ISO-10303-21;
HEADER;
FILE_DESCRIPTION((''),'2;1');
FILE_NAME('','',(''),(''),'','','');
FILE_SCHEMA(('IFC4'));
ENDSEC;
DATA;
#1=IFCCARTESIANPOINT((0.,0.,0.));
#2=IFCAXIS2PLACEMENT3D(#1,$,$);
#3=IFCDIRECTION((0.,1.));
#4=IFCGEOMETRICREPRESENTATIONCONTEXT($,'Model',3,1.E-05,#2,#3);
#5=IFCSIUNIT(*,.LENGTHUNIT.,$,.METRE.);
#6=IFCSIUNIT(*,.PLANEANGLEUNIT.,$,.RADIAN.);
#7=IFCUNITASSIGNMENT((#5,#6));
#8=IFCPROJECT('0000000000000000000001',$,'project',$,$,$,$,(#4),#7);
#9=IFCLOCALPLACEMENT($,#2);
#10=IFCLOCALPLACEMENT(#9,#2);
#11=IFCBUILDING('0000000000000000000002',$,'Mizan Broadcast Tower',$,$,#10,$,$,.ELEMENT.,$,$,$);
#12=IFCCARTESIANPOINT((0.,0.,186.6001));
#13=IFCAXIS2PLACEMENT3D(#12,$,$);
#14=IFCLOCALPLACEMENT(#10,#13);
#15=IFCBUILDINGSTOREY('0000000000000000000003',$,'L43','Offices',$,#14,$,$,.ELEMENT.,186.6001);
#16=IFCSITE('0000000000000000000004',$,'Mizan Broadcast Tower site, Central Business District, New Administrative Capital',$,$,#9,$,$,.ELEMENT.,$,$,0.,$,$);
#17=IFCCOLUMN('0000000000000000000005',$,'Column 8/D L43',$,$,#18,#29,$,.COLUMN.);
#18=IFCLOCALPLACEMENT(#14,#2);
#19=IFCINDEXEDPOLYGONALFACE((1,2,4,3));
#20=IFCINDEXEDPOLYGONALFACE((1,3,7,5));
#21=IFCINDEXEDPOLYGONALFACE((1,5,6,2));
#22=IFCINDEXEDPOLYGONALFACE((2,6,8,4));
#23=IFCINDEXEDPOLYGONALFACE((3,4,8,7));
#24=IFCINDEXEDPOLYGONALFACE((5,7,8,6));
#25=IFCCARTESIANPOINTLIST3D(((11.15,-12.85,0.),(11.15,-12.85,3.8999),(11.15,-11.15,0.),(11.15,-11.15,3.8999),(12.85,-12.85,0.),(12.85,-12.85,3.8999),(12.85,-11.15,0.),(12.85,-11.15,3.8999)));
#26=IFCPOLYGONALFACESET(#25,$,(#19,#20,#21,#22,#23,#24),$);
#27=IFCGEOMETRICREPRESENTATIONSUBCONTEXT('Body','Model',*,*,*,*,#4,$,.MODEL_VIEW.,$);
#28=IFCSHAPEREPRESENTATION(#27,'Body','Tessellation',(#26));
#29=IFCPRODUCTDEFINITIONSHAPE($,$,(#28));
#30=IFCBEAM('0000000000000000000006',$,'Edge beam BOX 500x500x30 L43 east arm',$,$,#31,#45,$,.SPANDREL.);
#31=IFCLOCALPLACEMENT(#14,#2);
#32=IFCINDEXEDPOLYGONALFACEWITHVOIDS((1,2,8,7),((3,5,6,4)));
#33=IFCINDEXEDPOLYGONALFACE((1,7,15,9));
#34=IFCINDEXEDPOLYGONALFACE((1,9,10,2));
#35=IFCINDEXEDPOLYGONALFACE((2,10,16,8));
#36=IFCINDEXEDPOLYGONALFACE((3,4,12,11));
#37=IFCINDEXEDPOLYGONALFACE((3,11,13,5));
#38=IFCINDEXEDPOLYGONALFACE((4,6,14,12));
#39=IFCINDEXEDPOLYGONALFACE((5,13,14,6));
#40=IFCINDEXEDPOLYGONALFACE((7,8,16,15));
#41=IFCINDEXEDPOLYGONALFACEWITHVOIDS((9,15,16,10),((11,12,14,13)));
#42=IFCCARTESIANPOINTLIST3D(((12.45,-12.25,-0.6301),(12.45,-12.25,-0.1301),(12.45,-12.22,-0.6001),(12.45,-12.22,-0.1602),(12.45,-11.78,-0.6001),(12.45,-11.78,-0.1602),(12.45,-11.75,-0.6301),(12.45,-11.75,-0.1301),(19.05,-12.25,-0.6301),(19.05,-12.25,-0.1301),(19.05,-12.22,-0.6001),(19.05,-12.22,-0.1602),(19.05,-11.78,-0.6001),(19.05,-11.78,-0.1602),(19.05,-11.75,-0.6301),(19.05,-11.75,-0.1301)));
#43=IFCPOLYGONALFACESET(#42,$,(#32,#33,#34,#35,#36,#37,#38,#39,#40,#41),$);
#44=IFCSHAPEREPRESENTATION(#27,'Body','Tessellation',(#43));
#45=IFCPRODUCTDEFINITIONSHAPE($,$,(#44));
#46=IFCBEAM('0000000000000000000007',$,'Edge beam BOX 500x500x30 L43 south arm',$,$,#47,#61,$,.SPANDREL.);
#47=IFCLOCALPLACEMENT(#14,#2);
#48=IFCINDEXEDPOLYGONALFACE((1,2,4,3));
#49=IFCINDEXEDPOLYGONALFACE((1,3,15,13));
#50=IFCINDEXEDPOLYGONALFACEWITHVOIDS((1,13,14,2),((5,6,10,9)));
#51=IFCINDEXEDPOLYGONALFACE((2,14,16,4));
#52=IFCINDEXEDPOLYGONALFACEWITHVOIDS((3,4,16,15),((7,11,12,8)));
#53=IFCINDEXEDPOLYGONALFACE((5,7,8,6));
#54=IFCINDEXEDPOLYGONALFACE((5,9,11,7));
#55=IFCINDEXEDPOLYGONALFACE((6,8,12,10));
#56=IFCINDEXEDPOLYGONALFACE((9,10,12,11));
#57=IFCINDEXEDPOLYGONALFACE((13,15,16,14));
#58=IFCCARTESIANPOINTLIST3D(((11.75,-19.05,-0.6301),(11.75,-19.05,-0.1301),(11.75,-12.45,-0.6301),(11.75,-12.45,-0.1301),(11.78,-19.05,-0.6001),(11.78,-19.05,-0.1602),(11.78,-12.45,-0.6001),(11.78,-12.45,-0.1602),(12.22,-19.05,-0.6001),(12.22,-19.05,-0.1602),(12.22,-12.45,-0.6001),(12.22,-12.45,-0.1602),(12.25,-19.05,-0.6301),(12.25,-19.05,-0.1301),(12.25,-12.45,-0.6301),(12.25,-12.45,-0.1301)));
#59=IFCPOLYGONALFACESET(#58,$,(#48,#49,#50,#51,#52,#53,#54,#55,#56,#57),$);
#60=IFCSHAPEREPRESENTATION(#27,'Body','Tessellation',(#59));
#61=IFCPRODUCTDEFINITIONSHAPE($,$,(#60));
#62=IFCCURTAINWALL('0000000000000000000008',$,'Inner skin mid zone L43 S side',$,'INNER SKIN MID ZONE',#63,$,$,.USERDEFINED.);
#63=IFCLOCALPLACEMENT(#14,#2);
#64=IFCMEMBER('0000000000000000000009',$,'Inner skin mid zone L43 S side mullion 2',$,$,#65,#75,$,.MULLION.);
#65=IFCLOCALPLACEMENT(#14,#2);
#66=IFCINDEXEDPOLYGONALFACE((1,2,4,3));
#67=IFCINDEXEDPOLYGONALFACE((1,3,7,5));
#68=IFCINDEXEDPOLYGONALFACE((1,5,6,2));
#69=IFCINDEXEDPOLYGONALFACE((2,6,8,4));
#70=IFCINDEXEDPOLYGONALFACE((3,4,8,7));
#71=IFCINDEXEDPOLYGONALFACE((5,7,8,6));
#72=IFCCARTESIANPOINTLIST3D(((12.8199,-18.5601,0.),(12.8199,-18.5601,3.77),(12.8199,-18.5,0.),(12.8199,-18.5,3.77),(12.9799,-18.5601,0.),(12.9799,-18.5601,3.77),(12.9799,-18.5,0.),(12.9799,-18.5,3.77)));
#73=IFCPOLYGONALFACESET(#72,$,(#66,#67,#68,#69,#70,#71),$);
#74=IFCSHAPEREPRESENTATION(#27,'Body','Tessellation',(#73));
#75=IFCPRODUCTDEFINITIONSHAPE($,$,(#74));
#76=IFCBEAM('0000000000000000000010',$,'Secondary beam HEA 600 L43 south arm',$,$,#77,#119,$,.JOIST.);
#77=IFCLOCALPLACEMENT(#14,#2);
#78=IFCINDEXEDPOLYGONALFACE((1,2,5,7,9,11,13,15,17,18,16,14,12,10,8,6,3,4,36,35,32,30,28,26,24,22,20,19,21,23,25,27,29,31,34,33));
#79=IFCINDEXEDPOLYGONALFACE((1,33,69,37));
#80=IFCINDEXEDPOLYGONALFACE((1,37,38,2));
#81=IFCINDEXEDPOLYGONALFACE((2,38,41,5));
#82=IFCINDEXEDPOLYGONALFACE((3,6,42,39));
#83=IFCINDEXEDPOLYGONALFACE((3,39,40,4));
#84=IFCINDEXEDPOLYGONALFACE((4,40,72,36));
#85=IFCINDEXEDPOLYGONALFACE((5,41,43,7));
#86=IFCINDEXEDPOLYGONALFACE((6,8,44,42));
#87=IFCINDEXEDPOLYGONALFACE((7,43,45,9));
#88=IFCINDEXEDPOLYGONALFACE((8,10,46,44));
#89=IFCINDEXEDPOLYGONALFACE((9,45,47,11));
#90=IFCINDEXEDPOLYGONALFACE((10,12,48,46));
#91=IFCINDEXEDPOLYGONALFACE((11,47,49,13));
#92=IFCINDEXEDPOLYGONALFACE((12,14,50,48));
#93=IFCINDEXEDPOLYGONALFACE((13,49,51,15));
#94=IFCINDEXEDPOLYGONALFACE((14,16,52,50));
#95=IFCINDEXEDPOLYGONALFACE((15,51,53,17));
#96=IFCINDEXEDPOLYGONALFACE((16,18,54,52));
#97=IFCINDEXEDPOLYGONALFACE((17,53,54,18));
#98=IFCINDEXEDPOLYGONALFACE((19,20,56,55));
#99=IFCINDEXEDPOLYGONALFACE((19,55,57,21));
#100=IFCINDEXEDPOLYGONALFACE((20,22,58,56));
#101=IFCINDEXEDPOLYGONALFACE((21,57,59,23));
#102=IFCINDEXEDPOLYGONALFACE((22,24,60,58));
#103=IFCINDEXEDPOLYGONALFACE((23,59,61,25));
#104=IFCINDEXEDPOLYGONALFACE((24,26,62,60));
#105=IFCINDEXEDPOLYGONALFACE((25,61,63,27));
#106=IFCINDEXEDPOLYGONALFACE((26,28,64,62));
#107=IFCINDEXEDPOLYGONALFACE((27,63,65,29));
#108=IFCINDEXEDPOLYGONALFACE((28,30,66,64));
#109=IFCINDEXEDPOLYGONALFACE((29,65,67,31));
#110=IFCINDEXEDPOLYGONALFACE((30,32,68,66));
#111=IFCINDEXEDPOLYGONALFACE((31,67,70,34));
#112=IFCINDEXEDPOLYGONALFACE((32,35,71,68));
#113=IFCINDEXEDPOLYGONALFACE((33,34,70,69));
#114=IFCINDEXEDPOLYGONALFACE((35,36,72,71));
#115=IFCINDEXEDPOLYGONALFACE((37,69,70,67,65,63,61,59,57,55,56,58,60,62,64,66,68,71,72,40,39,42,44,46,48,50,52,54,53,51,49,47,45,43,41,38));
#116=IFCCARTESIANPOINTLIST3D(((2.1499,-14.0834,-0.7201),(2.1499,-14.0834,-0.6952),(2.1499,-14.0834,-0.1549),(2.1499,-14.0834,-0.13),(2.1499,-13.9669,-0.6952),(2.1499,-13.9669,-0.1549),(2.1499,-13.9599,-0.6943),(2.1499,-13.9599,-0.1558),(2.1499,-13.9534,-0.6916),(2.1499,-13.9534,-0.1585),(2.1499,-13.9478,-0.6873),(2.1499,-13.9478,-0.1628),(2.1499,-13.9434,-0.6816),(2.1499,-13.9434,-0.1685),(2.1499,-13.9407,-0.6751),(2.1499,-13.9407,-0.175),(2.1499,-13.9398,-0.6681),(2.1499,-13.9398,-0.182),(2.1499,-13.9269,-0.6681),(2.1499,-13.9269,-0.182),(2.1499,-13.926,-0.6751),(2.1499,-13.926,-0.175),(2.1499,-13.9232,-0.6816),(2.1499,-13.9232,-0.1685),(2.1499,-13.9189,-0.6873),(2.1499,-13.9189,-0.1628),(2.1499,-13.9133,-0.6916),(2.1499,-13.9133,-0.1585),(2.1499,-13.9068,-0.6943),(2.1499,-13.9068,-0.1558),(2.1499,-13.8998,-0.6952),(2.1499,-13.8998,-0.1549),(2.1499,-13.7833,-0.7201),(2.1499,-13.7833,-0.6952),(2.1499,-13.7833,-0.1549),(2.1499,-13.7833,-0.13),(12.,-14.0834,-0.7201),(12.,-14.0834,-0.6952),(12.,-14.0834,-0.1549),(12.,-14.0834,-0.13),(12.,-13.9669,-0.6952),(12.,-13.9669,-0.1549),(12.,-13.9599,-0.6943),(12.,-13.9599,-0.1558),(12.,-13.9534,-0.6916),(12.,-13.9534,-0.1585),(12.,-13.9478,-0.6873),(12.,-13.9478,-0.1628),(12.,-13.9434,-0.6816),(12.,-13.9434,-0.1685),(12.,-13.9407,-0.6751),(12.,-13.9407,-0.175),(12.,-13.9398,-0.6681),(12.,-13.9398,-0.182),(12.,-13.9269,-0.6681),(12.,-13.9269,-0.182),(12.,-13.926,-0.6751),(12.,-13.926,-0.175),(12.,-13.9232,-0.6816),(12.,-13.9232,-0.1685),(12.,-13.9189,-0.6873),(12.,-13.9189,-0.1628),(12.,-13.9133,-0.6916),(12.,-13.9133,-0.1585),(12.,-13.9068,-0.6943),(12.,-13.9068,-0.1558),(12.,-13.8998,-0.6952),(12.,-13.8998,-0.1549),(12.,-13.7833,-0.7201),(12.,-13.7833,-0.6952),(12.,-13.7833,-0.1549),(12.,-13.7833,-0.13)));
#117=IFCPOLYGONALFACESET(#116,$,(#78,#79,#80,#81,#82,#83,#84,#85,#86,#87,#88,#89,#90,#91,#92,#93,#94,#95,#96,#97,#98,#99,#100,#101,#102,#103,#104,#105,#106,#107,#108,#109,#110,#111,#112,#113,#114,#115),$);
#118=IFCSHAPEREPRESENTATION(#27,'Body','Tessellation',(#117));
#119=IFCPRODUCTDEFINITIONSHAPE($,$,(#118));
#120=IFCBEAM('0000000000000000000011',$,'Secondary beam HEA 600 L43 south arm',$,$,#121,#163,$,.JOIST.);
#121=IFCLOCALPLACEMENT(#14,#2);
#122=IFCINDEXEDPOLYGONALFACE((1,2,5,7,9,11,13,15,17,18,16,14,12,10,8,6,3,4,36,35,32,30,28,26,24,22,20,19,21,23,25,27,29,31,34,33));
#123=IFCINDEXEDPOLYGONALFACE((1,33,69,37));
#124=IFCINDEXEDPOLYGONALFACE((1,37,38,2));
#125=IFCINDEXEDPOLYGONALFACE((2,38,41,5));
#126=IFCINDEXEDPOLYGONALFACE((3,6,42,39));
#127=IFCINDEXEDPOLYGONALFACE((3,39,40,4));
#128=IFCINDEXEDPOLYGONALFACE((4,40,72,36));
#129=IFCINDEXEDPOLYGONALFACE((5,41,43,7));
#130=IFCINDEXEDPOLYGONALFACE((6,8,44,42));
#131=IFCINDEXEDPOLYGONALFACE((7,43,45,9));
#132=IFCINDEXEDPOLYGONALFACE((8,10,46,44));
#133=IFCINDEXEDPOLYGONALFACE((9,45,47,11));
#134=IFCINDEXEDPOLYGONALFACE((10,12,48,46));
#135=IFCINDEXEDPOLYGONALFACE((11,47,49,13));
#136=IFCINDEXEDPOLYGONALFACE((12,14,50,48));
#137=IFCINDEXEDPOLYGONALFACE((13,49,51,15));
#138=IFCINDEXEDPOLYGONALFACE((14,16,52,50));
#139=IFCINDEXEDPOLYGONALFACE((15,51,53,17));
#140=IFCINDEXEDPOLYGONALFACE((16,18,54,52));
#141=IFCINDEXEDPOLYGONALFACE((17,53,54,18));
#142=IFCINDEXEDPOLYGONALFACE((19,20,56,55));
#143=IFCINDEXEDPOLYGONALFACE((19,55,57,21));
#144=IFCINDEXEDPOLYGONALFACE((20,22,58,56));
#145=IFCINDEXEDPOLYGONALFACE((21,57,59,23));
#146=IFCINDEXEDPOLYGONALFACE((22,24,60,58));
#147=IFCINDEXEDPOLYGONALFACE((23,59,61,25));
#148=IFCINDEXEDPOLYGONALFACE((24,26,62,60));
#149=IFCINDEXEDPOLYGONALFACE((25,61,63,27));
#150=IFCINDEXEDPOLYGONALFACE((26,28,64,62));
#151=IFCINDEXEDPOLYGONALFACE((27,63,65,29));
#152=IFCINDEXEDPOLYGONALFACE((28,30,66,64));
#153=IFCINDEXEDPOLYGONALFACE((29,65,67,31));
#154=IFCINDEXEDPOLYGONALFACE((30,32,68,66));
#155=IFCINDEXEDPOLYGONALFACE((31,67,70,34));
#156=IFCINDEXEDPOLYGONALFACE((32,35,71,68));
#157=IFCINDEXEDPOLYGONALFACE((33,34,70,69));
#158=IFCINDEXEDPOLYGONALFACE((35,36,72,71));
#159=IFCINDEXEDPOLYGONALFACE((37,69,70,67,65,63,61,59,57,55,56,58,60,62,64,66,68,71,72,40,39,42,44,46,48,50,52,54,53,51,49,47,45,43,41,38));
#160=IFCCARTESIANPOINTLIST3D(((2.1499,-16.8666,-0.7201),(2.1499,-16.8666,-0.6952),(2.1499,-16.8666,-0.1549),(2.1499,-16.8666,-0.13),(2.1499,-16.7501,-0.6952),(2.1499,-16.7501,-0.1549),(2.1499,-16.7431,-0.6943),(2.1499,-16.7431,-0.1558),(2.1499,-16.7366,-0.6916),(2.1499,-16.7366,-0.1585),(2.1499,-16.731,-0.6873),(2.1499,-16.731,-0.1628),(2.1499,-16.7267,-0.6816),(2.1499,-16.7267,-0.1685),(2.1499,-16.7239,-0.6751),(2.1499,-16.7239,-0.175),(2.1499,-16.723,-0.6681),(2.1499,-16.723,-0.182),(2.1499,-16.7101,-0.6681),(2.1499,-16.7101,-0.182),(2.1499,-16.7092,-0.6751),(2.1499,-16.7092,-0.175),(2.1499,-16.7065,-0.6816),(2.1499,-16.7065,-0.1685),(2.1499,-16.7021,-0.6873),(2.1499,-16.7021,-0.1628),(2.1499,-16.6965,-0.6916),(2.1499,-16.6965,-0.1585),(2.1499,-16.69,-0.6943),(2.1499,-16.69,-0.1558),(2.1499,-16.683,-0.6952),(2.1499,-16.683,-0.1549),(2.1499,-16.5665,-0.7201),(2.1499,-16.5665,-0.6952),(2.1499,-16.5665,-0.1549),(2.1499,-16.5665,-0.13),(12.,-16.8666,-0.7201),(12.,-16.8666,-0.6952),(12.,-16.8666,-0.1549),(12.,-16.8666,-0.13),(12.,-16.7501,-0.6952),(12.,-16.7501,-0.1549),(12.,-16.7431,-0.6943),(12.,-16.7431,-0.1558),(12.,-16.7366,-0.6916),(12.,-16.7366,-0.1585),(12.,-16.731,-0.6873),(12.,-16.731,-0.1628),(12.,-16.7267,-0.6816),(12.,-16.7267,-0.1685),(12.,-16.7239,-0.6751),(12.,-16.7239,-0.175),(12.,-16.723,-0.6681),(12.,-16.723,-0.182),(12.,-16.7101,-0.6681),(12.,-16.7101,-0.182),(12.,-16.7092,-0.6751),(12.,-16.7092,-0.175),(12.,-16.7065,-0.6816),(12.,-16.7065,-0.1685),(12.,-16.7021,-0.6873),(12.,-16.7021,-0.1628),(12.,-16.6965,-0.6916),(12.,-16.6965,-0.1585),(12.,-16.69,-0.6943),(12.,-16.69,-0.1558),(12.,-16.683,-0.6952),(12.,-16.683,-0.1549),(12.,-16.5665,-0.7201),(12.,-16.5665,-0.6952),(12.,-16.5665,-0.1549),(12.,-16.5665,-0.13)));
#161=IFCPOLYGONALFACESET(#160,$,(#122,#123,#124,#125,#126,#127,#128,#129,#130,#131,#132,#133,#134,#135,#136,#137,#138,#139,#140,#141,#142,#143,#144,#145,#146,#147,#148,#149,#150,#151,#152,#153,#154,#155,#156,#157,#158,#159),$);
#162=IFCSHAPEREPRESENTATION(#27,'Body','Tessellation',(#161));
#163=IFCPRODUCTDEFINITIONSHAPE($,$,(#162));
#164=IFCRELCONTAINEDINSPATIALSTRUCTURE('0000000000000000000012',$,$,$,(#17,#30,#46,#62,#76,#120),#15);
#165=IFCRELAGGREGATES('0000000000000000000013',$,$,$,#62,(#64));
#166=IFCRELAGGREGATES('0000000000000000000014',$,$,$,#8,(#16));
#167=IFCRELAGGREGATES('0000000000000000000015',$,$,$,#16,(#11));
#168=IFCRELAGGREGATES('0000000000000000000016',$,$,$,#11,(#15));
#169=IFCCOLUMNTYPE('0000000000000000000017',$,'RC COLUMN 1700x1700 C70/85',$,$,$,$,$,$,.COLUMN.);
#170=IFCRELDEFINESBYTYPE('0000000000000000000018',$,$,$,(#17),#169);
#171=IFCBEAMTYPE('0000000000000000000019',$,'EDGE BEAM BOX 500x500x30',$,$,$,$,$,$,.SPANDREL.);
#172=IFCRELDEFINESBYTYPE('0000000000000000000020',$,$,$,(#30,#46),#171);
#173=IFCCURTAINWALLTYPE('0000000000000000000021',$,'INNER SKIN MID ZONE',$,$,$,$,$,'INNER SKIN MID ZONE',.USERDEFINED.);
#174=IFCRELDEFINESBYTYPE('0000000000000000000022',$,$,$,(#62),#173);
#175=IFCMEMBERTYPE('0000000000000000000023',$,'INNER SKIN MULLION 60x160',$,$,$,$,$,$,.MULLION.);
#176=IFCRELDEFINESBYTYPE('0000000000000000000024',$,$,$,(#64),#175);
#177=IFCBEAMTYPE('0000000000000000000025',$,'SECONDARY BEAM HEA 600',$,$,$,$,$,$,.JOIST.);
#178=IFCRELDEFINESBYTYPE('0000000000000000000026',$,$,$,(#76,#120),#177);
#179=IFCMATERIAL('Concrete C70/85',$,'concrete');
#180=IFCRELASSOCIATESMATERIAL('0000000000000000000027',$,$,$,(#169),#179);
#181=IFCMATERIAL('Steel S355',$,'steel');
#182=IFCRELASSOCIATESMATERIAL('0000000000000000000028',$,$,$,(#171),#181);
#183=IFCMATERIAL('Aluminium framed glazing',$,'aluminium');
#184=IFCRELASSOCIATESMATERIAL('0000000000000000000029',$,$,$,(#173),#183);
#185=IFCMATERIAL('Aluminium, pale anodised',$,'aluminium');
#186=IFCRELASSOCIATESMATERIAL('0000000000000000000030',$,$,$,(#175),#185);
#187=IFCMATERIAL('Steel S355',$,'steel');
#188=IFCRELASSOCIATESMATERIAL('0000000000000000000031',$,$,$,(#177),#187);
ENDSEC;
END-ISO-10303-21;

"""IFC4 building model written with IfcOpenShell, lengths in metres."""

from ifc_helpers import new_model, si_unit, direction, frame, origin, origin_2d, place, context, subcontext, project, spatial, rectangle, hollow_rectangle, i_section, extrude, material, material_profile, profile_set, type_object, element, aggregate, save


model = new_model("IFC4")

# Units and contexts
model_context = context("Model", 3, precision=1e-05, world=origin(), true_north=direction((0.0, 1.0)))
body_context = subcontext(model_context, "Body", "Model", "MODEL_VIEW")
ifc_project = project(units=[si_unit("LENGTHUNIT", "METRE"), si_unit("PLANEANGLEUNIT", "RADIAN")], contexts=[model_context])

# Site, building, storey
site_placement = place(None, origin())
site = spatial("IfcSite", under=ifc_project, at=site_placement, Name="Mizan Broadcast Tower site, Central Business District, New Administrative Capital", CompositionType="ELEMENT", RefElevation=0.0)
building_placement = place(site_placement, origin())
building = spatial("IfcBuilding", under=site, at=building_placement, Name="Mizan Broadcast Tower", CompositionType="ELEMENT")
storey_placement = place(building_placement, frame((0.0, 0.0, 186.6001)))
storey = spatial("IfcBuildingStorey", under=building, at=storey_placement, Name="L43", Description="Offices", CompositionType="ELEMENT", Elevation=186.6001)

# Column
ifc_material_1 = material(Name="Concrete C70/85", Category="concrete")
ifc_material_profile_1 = material_profile(ifc_material_1, rectangle(XDim=1.7, YDim=1.7, at=origin_2d()), Name="RC 1700x1700")
ifc_profile_set_1 = profile_set([ifc_material_profile_1], Name="Concrete C70/85")
column_type = type_object("IfcColumnType", Name="RC COLUMN 1700x1700 C70/85", PredefinedType="COLUMN", material=ifc_profile_set_1)
column_placement = place(storey_placement, frame((12.0, -12.0, 0.0), z_axis=(0.0, 0.0, 1.0), x_axis=(1.0, 0.0, 0.0)))
element("IfcColumn", 1, at=column_placement, inside=storey, type_object=column_type, Name="Column 8/D L43", PredefinedType="COLUMN", context=body_context, shape_type="SweptSolid", body=[
    extrude(rectangle(XDim=1.7, YDim=1.7, at=origin_2d()), origin(), (0.0, 0.0, 1.0), 3.8999),
])

# Beams
ifc_material_2 = material(Name="Steel S355", Category="steel")
ifc_material_profile_2 = material_profile(ifc_material_2, hollow_rectangle(XDim=0.5, YDim=0.5, WallThickness=0.03, at=origin_2d()), Name="BOX 500x500x30")
ifc_profile_set_2 = profile_set([ifc_material_profile_2], Name="Steel S355")
beam_type_1 = type_object("IfcBeamType", Name="EDGE BEAM BOX 500x500x30", PredefinedType="SPANDREL", material=ifc_profile_set_2)
for number, where, z_axis, x_axis, name in (
    (2, (12.45, -12.0, -0.3801), (1.0, 0.0, 0.0), (0.0, 1.0, 0.0), "Edge beam BOX 500x500x30 L43 east arm"),
    (3, (12.0, -12.45, -0.3801), (0.0, -1.0, 0.0), (1.0, 0.0, 0.0), "Edge beam BOX 500x500x30 L43 south arm"),
):
    element("IfcBeam", number, at=place(storey_placement, frame(where, z_axis=z_axis, x_axis=x_axis)), inside=storey, type_object=beam_type_1, Name=name, PredefinedType="SPANDREL", context=body_context, shape_type="SweptSolid", body=[
        extrude(hollow_rectangle(XDim=0.5, YDim=0.5, WallThickness=0.03, at=origin_2d()), origin(), (0.0, 0.0, 1.0), 6.6001),
    ])

# Curtain wall, member
ifc_material_3 = material(Name="Aluminium framed glazing", Category="aluminium")
curtain_wall_type = type_object("IfcCurtainWallType", Name="INNER SKIN MID ZONE", ElementType="INNER SKIN MID ZONE", PredefinedType="USERDEFINED", material=ifc_material_3)
curtain_wall_placement = place(storey_placement, origin())
curtain_wall = element("IfcCurtainWall", 4, at=curtain_wall_placement, inside=storey, type_object=curtain_wall_type, Name="Inner skin mid zone L43 S side", ObjectType="INNER SKIN MID ZONE", PredefinedType="USERDEFINED")
ifc_material_4 = material(Name="Aluminium, pale anodised", Category="aluminium")
ifc_material_profile_3 = material_profile(ifc_material_4, rectangle(XDim=0.1599, YDim=0.0601, at=origin_2d()), Name="MULLION 160x60")
ifc_profile_set_3 = profile_set([ifc_material_profile_3], Name="Aluminium, pale anodised")
member_type = type_object("IfcMemberType", Name="INNER SKIN MULLION 60x160", PredefinedType="MULLION", material=ifc_profile_set_3)
member_placement = place(storey_placement, frame((12.8999, -18.53, 0.0), z_axis=(0.0, 0.0, 1.0), x_axis=(-1.0, 0.0, 0.0)))
member = element("IfcMember", 5, at=member_placement, type_object=member_type, Name="Inner skin mid zone L43 S side mullion 2", PredefinedType="MULLION", context=body_context, shape_type="SweptSolid", body=[
    extrude(rectangle(XDim=0.1599, YDim=0.0601, at=origin_2d()), origin(), (0.0, 0.0, 1.0), 3.77),
])
aggregate(curtain_wall, [member])

# Beams
ifc_material_5 = material(Name="Steel S355", Category="steel")
ifc_material_profile_4 = material_profile(ifc_material_5, i_section(OverallWidth=0.3, OverallDepth=0.5901, WebThickness=0.0129, FlangeThickness=0.0249, FilletRadius=0.0271, at=origin_2d()), Name="HEA 600")
ifc_profile_set_4 = profile_set([ifc_material_profile_4], Name="Steel S355")
beam_type_2 = type_object("IfcBeamType", Name="SECONDARY BEAM HEA 600", PredefinedType="JOIST", material=ifc_profile_set_4)
for number, where, z_axis, x_axis, name in (
    (6, (12.0, -13.9333, -0.425), (-1.0, 0.0, 0.0), (0.0, -1.0, 0.0), "Secondary beam HEA 600 L43 south arm"),
    (7, (12.0, -16.7166, -0.425), (-1.0, 0.0, 0.0), (0.0, -1.0, 0.0), "Secondary beam HEA 600 L43 south arm"),
):
    element("IfcBeam", number, at=place(storey_placement, frame(where, z_axis=z_axis, x_axis=x_axis)), inside=storey, type_object=beam_type_2, Name=name, PredefinedType="JOIST", context=body_context, shape_type="SweptSolid", body=[
        extrude(i_section(OverallWidth=0.3, OverallDepth=0.5901, WebThickness=0.0129, FlangeThickness=0.0249, FilletRadius=0.0271, at=origin_2d()), origin(), (0.0, 0.0, 1.0), 9.8501),
    ])

save(model, "model.ifc")
